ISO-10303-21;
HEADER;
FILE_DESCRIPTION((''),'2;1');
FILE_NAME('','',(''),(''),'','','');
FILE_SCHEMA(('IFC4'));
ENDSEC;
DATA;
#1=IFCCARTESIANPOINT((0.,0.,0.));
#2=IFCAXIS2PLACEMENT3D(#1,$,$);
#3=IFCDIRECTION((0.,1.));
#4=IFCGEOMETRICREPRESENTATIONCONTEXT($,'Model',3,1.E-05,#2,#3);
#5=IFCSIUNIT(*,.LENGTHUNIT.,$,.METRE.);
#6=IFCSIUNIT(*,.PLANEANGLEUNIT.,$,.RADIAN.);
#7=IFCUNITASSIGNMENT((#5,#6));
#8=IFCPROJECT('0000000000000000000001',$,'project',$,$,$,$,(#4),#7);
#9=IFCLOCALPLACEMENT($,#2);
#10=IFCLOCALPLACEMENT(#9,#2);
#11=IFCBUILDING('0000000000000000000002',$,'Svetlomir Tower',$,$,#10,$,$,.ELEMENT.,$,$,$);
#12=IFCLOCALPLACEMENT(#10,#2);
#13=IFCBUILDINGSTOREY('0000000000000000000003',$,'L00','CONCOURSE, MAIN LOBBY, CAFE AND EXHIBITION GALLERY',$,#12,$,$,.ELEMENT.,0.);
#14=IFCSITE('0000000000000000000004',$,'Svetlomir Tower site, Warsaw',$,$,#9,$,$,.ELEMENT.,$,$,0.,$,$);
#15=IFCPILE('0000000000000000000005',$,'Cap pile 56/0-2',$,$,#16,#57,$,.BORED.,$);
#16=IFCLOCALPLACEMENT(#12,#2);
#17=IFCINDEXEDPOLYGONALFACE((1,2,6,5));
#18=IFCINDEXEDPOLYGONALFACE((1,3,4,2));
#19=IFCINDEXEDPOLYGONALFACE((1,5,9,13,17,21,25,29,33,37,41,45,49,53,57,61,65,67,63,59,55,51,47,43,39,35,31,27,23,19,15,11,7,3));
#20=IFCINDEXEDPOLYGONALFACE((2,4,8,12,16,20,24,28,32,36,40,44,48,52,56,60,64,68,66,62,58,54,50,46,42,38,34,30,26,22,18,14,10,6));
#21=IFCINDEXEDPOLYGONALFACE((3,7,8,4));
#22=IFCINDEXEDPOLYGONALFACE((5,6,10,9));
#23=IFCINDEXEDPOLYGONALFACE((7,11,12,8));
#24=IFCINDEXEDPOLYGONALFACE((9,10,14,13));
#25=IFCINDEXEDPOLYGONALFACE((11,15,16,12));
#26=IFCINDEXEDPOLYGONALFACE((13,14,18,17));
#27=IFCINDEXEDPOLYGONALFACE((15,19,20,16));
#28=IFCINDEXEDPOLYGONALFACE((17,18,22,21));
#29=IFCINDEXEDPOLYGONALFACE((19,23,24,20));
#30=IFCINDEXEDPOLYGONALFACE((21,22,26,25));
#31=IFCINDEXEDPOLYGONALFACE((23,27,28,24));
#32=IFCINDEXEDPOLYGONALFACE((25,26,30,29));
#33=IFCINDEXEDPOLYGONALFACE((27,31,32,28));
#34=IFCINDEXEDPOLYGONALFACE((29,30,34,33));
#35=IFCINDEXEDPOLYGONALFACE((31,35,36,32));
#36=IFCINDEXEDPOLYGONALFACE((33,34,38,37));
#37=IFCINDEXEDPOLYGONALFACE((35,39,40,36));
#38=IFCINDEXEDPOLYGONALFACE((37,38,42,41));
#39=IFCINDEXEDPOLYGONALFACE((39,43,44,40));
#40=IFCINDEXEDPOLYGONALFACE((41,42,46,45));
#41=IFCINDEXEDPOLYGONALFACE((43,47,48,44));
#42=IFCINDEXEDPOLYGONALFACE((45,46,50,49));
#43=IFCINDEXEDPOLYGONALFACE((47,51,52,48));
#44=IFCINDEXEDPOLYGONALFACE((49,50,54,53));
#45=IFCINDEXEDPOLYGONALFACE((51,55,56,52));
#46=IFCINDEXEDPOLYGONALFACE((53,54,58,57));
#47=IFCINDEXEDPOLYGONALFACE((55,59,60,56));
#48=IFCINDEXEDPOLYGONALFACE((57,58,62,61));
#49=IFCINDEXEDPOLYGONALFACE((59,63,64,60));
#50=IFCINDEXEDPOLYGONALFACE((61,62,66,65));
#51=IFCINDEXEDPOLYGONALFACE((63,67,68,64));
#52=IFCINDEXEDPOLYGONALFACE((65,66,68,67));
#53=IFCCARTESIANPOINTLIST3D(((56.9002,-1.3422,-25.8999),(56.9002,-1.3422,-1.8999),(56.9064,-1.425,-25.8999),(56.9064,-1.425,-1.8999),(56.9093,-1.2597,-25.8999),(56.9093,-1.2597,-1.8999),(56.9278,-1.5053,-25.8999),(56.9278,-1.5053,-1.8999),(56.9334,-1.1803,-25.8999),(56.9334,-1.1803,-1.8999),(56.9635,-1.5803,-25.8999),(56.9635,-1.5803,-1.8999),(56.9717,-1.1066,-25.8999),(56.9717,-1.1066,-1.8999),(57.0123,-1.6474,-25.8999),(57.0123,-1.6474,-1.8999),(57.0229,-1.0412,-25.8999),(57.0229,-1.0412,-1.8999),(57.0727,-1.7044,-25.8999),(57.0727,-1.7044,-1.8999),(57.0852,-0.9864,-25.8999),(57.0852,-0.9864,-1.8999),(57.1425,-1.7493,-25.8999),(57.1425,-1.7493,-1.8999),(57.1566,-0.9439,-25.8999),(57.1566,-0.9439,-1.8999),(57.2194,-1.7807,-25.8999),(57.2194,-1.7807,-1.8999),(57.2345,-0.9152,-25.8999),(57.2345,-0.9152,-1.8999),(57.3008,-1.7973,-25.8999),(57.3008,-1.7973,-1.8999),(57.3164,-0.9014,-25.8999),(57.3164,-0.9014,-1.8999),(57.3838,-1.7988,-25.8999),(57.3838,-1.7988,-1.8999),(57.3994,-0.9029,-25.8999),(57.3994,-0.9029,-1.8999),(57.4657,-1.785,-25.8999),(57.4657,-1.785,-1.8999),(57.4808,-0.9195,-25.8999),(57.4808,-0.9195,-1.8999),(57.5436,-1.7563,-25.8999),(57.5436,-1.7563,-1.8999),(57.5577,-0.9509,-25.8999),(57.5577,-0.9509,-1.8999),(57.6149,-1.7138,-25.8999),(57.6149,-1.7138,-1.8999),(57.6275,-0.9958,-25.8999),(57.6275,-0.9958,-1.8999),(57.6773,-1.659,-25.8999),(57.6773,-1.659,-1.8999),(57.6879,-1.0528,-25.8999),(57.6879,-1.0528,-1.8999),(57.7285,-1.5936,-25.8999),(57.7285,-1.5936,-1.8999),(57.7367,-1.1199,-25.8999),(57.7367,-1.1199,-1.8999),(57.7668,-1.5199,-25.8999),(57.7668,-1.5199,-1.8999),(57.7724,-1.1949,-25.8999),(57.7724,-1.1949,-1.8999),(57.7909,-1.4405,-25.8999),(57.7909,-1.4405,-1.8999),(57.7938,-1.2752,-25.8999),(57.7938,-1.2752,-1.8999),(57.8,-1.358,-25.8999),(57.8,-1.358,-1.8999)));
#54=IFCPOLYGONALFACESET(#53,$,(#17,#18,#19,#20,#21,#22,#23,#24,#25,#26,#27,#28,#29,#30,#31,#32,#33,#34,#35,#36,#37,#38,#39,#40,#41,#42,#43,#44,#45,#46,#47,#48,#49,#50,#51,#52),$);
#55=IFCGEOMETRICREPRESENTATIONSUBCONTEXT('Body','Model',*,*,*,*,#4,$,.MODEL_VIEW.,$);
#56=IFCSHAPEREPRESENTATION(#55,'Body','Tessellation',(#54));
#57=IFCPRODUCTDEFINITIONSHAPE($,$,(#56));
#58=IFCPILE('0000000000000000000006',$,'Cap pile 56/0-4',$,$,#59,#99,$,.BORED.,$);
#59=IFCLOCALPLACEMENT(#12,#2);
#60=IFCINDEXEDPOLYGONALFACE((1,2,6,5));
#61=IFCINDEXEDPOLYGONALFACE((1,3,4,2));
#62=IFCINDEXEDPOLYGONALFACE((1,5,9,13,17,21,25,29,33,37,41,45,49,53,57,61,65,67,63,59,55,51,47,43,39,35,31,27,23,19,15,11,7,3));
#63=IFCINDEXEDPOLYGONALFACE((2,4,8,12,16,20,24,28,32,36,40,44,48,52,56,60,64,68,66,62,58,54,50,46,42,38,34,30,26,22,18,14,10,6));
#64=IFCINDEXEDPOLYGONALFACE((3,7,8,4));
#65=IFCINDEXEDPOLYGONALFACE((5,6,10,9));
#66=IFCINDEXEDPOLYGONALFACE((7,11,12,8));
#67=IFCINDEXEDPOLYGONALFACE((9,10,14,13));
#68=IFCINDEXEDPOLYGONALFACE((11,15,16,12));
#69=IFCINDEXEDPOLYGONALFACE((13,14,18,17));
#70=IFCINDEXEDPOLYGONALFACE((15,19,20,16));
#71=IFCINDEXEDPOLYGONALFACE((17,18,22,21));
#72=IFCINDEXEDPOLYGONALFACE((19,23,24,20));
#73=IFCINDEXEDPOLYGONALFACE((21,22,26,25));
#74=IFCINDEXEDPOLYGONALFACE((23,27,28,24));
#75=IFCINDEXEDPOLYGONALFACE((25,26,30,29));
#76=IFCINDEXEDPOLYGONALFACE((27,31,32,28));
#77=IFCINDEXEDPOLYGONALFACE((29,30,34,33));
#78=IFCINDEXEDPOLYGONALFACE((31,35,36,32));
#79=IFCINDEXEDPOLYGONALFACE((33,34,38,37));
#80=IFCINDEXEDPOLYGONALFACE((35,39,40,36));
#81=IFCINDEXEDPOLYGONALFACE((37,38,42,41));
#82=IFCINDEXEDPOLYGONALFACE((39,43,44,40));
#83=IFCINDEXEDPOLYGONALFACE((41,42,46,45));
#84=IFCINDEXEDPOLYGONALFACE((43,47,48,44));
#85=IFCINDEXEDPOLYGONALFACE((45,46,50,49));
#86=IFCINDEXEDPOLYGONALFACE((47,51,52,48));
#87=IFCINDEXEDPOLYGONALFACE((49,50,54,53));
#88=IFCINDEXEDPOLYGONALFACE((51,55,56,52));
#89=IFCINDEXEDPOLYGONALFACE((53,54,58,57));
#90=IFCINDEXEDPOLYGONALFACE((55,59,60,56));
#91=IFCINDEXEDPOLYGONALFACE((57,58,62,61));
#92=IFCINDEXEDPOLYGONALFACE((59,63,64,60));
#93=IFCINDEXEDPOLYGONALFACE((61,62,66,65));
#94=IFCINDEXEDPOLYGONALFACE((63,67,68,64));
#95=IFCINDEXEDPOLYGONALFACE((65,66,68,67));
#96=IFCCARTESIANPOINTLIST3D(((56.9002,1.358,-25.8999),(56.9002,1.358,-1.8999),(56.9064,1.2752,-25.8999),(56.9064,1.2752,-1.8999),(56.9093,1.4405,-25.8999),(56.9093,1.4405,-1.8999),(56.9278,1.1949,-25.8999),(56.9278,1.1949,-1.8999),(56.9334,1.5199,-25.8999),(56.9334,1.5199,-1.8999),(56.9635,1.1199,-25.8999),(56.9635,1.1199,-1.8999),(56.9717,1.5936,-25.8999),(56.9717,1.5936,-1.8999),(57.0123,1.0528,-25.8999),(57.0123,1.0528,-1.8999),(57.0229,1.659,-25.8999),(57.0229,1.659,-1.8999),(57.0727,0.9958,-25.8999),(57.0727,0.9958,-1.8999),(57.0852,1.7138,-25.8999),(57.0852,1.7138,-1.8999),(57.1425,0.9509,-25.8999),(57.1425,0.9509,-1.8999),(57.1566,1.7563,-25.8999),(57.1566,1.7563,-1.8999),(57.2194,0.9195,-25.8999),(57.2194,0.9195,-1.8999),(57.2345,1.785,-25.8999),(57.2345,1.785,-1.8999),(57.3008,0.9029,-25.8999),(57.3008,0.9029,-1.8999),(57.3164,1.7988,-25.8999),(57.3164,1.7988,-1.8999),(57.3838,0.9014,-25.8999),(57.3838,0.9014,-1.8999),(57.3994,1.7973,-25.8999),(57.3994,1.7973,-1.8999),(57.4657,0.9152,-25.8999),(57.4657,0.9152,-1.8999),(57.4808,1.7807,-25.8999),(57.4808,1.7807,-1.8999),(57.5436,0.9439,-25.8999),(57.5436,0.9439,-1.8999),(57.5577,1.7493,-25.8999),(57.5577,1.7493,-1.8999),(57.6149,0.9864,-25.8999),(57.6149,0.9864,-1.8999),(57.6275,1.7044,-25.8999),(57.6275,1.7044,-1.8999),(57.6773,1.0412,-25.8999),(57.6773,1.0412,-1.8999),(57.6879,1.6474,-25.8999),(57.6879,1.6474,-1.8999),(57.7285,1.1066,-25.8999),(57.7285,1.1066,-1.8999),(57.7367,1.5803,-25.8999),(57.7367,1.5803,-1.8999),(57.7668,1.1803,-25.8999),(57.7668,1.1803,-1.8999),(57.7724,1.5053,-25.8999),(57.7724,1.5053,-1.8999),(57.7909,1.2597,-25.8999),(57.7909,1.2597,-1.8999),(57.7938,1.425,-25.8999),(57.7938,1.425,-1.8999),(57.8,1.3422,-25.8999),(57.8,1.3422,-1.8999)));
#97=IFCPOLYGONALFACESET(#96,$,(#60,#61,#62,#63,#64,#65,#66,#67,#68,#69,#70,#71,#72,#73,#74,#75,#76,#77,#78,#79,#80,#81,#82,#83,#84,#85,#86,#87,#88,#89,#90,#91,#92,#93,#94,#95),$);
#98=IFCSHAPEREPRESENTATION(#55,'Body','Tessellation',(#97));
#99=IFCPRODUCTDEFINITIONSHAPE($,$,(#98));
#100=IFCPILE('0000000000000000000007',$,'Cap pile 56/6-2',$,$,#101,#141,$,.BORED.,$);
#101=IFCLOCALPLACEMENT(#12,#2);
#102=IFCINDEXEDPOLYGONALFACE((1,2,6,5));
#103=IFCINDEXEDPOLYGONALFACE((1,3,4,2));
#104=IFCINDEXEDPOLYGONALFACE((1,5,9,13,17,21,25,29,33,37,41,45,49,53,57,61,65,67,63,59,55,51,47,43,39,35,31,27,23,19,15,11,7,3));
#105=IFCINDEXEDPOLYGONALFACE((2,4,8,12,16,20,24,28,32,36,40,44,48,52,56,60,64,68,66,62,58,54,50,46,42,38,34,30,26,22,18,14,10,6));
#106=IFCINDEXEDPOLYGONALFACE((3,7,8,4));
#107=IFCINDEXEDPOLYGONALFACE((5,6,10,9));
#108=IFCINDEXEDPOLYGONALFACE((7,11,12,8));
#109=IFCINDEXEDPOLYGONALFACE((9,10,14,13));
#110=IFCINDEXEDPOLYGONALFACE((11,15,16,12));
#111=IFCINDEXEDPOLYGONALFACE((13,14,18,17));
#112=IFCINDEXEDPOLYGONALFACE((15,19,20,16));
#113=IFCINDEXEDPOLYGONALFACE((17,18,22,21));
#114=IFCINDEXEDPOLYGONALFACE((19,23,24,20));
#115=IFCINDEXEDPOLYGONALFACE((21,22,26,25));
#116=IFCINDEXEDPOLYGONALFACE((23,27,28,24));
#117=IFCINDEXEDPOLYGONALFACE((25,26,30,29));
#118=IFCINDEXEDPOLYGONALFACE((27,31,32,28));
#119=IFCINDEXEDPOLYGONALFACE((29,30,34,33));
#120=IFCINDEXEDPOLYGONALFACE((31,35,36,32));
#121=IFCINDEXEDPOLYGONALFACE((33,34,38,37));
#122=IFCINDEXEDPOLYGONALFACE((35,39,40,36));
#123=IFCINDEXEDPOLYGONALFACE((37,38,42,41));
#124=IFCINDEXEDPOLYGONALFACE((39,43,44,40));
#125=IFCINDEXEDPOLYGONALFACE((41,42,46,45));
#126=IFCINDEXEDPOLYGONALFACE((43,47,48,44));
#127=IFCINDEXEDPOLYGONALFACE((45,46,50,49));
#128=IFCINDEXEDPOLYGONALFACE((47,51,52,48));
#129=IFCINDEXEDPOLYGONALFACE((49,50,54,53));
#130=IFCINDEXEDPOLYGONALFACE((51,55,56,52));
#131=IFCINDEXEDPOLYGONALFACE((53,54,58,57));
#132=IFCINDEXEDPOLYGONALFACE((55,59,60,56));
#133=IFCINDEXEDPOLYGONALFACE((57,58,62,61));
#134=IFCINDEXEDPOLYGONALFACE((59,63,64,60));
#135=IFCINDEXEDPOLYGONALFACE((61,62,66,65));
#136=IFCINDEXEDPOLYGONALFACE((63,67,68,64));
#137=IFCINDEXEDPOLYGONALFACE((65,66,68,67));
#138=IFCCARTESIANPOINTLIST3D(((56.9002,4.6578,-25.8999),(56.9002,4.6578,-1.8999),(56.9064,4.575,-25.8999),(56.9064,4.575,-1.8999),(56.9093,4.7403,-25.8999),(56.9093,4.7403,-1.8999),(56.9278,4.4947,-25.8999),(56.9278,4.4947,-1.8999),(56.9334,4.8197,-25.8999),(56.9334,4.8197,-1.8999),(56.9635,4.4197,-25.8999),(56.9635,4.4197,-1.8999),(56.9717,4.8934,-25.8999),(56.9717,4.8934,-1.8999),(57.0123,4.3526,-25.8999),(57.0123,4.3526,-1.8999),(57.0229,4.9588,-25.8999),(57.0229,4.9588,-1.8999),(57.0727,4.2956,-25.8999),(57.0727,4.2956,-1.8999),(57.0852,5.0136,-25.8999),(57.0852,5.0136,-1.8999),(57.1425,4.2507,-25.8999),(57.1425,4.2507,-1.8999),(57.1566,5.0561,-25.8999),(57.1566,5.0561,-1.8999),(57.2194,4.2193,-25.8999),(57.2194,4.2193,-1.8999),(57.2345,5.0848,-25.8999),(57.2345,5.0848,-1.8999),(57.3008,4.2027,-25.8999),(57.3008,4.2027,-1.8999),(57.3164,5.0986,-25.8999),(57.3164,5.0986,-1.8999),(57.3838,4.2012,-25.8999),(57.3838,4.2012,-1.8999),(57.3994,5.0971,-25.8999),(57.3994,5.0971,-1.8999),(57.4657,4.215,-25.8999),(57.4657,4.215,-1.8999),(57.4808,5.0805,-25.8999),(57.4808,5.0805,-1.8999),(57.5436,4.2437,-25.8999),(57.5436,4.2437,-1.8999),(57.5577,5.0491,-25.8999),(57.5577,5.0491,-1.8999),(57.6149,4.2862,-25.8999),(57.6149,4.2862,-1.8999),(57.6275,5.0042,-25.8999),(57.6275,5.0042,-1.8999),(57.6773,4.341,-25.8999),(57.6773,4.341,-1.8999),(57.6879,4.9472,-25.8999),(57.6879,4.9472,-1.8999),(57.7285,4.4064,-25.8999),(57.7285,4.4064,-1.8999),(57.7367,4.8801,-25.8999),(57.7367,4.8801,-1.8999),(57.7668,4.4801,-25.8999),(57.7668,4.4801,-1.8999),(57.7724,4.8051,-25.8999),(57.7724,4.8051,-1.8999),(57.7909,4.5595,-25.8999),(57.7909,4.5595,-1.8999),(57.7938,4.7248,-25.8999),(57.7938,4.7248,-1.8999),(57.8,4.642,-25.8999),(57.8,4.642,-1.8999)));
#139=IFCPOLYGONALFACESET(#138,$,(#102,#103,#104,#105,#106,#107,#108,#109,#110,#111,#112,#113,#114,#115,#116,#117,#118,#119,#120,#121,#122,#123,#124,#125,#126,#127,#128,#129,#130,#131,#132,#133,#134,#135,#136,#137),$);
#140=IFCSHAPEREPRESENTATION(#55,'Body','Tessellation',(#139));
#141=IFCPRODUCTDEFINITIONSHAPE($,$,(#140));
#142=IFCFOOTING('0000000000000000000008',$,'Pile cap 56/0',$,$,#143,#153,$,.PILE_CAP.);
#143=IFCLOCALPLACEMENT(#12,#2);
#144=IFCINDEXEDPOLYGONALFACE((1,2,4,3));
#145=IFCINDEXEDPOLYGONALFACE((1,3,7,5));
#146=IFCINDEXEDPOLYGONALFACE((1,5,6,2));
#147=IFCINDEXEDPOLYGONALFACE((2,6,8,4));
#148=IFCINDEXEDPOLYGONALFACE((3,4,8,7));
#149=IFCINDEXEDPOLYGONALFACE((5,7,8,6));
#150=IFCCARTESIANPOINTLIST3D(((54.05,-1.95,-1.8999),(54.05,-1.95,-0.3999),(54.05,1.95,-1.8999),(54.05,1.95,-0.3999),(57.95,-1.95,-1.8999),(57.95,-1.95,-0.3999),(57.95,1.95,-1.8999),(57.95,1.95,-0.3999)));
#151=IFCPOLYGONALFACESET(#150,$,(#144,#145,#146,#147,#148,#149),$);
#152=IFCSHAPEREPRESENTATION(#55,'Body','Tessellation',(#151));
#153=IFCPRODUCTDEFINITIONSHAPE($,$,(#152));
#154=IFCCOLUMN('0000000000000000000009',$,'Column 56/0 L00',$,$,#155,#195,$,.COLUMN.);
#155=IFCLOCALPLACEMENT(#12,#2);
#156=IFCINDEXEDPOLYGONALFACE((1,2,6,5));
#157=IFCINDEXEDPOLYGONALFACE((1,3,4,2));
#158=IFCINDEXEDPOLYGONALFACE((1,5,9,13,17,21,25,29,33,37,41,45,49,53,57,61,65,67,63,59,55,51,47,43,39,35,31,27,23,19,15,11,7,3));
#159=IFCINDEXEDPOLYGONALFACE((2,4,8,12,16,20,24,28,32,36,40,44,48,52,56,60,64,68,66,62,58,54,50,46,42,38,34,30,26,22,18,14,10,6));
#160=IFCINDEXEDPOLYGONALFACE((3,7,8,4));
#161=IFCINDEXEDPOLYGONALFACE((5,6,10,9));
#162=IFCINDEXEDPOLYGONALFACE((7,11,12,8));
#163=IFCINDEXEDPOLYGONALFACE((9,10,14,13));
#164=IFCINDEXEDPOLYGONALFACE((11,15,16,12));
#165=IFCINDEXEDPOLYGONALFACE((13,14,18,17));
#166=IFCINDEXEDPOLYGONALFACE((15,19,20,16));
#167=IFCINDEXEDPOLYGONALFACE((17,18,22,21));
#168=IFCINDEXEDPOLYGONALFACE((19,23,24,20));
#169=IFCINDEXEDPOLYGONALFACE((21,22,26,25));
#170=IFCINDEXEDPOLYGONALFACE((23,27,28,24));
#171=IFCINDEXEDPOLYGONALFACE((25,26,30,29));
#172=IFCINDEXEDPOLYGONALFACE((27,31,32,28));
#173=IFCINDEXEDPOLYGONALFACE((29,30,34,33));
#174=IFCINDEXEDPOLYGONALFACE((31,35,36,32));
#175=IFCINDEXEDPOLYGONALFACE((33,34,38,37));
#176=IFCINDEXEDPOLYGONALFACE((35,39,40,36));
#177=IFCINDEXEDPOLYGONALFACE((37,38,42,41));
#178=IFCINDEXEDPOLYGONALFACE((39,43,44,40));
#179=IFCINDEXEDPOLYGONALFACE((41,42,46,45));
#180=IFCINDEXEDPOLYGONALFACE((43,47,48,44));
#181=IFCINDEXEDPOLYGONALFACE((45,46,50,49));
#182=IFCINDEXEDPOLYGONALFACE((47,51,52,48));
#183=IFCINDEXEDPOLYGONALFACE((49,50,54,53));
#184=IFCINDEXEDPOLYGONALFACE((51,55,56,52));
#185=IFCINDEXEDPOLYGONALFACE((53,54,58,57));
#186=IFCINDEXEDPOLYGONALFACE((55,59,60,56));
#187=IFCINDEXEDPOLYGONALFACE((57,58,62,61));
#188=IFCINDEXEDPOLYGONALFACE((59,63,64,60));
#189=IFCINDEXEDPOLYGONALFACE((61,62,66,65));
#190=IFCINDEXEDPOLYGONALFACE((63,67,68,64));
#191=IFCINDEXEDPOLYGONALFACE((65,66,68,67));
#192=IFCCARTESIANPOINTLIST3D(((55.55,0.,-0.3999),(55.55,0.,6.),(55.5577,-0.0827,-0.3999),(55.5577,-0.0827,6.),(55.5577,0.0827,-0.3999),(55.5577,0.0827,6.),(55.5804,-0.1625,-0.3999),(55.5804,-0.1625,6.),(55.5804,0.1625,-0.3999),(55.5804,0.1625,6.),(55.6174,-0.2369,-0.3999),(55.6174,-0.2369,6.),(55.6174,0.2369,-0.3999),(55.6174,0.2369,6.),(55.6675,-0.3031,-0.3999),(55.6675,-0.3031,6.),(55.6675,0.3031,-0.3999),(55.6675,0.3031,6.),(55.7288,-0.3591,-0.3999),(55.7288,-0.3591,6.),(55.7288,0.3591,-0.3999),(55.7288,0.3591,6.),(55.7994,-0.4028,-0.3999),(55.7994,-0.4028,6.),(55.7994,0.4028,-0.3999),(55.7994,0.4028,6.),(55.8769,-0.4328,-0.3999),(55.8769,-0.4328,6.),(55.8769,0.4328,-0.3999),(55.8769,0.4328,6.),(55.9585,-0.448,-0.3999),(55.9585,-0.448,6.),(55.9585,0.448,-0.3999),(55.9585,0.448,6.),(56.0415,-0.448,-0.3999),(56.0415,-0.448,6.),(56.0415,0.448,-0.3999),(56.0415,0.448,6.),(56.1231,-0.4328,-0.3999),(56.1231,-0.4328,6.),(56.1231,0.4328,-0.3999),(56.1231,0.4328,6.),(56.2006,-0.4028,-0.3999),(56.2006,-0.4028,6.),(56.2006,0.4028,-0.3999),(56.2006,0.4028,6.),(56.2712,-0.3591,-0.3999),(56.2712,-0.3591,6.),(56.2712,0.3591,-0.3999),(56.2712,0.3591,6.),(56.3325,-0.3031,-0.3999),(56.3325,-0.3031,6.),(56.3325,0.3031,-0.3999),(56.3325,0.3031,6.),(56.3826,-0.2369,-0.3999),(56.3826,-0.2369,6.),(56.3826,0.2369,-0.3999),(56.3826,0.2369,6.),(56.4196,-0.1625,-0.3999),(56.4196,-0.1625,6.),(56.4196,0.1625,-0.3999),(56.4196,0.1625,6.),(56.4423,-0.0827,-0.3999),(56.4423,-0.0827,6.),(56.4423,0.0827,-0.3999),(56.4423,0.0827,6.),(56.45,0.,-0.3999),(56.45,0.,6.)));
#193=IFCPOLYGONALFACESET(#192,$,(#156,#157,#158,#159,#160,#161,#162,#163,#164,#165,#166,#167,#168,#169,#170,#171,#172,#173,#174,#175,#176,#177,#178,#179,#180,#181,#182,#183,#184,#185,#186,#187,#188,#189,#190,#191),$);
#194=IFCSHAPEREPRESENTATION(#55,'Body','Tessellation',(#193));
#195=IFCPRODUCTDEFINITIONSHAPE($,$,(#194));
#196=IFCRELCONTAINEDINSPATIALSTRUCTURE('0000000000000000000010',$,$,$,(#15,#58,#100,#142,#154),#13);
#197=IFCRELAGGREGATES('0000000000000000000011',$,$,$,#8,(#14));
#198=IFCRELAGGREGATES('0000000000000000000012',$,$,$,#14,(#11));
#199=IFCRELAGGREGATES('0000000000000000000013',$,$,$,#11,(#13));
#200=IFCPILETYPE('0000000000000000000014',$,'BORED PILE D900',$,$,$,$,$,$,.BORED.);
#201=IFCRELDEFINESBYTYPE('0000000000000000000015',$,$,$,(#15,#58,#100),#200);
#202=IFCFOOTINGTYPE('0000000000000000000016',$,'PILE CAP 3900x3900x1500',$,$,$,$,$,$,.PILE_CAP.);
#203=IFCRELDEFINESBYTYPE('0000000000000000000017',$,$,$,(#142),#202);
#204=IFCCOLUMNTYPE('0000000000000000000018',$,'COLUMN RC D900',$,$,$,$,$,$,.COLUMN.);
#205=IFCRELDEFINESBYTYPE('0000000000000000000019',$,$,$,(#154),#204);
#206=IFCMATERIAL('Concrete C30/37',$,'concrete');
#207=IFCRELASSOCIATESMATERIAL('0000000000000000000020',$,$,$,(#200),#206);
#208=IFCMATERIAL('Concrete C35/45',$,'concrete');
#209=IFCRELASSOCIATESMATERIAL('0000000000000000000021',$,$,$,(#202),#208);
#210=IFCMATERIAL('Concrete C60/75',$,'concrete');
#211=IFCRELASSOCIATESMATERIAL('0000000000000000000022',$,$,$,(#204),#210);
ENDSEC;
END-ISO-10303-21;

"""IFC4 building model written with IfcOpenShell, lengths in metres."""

from ifc_helpers import new_model, si_unit, direction, frame, frame_2d, origin, origin_2d, place, context, subcontext, project, spatial, rectangle, circle, extrude, material, material_profile, profile_set, type_object, element, save


model = new_model("IFC4")

# Units and contexts
model_context = context("Model", 3, precision=1e-05, world=origin(), true_north=direction((0.0, 1.0)))
body_context = subcontext(model_context, "Body", "Model", "MODEL_VIEW")
ifc_project = project(units=[si_unit("LENGTHUNIT", "METRE"), si_unit("PLANEANGLEUNIT", "RADIAN")], contexts=[model_context])

# Site, building, storey
site_placement = place(None, origin())
site = spatial("IfcSite", under=ifc_project, at=site_placement, Name="Svetlomir Tower site, Warsaw", CompositionType="ELEMENT", RefElevation=0.0)
building_placement = place(site_placement, origin())
building = spatial("IfcBuilding", under=site, at=building_placement, Name="Svetlomir Tower", CompositionType="ELEMENT")
storey_placement = place(building_placement, origin())
storey = spatial("IfcBuildingStorey", under=building, at=storey_placement, Name="L00", Description="CONCOURSE, MAIN LOBBY, CAFE AND EXHIBITION GALLERY", CompositionType="ELEMENT", Elevation=0.0)

# Piles
ifc_material_1 = material(Name="Concrete C30/37", Category="concrete")
ifc_material_profile_1 = material_profile(ifc_material_1, circle(Radius=0.45, at=origin_2d()), Name="RC D900")
ifc_profile_set_1 = profile_set([ifc_material_profile_1], Name="Concrete C30/37")
pile_type = type_object("IfcPileType", Name="BORED PILE D900", PredefinedType="BORED", material=ifc_profile_set_1)
for number, where, z_axis, x_axis, name in (
    (1, (57.3501, -1.3501, -1.8999), (0.0, 0.0, -1.0), (1.0, 0.0, 0.0), "Cap pile 56/0-2"),
    (2, (57.3501, 1.3501, -1.8999), (0.0, 0.0, -1.0), (1.0, 0.0, 0.0), "Cap pile 56/0-4"),
    (3, (57.3501, 4.6499, -1.8999), (0.0, 0.0, -1.0), (1.0, 0.0, 0.0), "Cap pile 56/6-2"),
):
    element("IfcPile", number, at=place(storey_placement, frame(where, z_axis=z_axis, x_axis=x_axis)), inside=storey, type_object=pile_type, Name=name, PredefinedType="BORED", context=body_context, shape_type="SweptSolid", body=[
        extrude(circle(Radius=0.45, at=frame_2d((0.0, 0.0), x_axis=(0.999848, 0.017452))), origin(), (0.0, 0.0, 1.0), 24.0),
    ])

# Footing
ifc_material_2 = material(Name="Concrete C35/45", Category="concrete")
footing_type = type_object("IfcFootingType", Name="PILE CAP 3900x3900x1500", PredefinedType="PILE_CAP", material=ifc_material_2)
footing_placement = place(storey_placement, frame((56.0, 0.0, -1.8999), z_axis=(0.0, 0.0, 1.0), x_axis=(1.0, 0.0, 0.0)))
element("IfcFooting", 4, at=footing_placement, inside=storey, type_object=footing_type, Name="Pile cap 56/0", PredefinedType="PILE_CAP", context=body_context, shape_type="SweptSolid", body=[
    extrude(rectangle(XDim=3.8999, YDim=3.8999, at=origin_2d()), origin(), (0.0, 0.0, 1.0), 1.5),
])

# Column
ifc_material_3 = material(Name="Concrete C60/75", Category="concrete")
ifc_material_profile_2 = material_profile(ifc_material_3, circle(Radius=0.45, at=origin_2d()), Name="RC D900")
ifc_profile_set_2 = profile_set([ifc_material_profile_2], Name="Concrete C60/75")
column_type = type_object("IfcColumnType", Name="COLUMN RC D900", PredefinedType="COLUMN", material=ifc_profile_set_2)
column_placement = place(storey_placement, frame((56.0, 0.0, -0.3999), z_axis=(0.0, 0.0, 1.0), x_axis=(1.0, 0.0, 0.0)))
element("IfcColumn", 5, at=column_placement, inside=storey, type_object=column_type, Name="Column 56/0 L00", PredefinedType="COLUMN", context=body_context, shape_type="SweptSolid", body=[
    extrude(circle(Radius=0.45, at=origin_2d()), origin(), (0.0, 0.0, 1.0), 6.3999),
])

save(model, "model.ifc")
